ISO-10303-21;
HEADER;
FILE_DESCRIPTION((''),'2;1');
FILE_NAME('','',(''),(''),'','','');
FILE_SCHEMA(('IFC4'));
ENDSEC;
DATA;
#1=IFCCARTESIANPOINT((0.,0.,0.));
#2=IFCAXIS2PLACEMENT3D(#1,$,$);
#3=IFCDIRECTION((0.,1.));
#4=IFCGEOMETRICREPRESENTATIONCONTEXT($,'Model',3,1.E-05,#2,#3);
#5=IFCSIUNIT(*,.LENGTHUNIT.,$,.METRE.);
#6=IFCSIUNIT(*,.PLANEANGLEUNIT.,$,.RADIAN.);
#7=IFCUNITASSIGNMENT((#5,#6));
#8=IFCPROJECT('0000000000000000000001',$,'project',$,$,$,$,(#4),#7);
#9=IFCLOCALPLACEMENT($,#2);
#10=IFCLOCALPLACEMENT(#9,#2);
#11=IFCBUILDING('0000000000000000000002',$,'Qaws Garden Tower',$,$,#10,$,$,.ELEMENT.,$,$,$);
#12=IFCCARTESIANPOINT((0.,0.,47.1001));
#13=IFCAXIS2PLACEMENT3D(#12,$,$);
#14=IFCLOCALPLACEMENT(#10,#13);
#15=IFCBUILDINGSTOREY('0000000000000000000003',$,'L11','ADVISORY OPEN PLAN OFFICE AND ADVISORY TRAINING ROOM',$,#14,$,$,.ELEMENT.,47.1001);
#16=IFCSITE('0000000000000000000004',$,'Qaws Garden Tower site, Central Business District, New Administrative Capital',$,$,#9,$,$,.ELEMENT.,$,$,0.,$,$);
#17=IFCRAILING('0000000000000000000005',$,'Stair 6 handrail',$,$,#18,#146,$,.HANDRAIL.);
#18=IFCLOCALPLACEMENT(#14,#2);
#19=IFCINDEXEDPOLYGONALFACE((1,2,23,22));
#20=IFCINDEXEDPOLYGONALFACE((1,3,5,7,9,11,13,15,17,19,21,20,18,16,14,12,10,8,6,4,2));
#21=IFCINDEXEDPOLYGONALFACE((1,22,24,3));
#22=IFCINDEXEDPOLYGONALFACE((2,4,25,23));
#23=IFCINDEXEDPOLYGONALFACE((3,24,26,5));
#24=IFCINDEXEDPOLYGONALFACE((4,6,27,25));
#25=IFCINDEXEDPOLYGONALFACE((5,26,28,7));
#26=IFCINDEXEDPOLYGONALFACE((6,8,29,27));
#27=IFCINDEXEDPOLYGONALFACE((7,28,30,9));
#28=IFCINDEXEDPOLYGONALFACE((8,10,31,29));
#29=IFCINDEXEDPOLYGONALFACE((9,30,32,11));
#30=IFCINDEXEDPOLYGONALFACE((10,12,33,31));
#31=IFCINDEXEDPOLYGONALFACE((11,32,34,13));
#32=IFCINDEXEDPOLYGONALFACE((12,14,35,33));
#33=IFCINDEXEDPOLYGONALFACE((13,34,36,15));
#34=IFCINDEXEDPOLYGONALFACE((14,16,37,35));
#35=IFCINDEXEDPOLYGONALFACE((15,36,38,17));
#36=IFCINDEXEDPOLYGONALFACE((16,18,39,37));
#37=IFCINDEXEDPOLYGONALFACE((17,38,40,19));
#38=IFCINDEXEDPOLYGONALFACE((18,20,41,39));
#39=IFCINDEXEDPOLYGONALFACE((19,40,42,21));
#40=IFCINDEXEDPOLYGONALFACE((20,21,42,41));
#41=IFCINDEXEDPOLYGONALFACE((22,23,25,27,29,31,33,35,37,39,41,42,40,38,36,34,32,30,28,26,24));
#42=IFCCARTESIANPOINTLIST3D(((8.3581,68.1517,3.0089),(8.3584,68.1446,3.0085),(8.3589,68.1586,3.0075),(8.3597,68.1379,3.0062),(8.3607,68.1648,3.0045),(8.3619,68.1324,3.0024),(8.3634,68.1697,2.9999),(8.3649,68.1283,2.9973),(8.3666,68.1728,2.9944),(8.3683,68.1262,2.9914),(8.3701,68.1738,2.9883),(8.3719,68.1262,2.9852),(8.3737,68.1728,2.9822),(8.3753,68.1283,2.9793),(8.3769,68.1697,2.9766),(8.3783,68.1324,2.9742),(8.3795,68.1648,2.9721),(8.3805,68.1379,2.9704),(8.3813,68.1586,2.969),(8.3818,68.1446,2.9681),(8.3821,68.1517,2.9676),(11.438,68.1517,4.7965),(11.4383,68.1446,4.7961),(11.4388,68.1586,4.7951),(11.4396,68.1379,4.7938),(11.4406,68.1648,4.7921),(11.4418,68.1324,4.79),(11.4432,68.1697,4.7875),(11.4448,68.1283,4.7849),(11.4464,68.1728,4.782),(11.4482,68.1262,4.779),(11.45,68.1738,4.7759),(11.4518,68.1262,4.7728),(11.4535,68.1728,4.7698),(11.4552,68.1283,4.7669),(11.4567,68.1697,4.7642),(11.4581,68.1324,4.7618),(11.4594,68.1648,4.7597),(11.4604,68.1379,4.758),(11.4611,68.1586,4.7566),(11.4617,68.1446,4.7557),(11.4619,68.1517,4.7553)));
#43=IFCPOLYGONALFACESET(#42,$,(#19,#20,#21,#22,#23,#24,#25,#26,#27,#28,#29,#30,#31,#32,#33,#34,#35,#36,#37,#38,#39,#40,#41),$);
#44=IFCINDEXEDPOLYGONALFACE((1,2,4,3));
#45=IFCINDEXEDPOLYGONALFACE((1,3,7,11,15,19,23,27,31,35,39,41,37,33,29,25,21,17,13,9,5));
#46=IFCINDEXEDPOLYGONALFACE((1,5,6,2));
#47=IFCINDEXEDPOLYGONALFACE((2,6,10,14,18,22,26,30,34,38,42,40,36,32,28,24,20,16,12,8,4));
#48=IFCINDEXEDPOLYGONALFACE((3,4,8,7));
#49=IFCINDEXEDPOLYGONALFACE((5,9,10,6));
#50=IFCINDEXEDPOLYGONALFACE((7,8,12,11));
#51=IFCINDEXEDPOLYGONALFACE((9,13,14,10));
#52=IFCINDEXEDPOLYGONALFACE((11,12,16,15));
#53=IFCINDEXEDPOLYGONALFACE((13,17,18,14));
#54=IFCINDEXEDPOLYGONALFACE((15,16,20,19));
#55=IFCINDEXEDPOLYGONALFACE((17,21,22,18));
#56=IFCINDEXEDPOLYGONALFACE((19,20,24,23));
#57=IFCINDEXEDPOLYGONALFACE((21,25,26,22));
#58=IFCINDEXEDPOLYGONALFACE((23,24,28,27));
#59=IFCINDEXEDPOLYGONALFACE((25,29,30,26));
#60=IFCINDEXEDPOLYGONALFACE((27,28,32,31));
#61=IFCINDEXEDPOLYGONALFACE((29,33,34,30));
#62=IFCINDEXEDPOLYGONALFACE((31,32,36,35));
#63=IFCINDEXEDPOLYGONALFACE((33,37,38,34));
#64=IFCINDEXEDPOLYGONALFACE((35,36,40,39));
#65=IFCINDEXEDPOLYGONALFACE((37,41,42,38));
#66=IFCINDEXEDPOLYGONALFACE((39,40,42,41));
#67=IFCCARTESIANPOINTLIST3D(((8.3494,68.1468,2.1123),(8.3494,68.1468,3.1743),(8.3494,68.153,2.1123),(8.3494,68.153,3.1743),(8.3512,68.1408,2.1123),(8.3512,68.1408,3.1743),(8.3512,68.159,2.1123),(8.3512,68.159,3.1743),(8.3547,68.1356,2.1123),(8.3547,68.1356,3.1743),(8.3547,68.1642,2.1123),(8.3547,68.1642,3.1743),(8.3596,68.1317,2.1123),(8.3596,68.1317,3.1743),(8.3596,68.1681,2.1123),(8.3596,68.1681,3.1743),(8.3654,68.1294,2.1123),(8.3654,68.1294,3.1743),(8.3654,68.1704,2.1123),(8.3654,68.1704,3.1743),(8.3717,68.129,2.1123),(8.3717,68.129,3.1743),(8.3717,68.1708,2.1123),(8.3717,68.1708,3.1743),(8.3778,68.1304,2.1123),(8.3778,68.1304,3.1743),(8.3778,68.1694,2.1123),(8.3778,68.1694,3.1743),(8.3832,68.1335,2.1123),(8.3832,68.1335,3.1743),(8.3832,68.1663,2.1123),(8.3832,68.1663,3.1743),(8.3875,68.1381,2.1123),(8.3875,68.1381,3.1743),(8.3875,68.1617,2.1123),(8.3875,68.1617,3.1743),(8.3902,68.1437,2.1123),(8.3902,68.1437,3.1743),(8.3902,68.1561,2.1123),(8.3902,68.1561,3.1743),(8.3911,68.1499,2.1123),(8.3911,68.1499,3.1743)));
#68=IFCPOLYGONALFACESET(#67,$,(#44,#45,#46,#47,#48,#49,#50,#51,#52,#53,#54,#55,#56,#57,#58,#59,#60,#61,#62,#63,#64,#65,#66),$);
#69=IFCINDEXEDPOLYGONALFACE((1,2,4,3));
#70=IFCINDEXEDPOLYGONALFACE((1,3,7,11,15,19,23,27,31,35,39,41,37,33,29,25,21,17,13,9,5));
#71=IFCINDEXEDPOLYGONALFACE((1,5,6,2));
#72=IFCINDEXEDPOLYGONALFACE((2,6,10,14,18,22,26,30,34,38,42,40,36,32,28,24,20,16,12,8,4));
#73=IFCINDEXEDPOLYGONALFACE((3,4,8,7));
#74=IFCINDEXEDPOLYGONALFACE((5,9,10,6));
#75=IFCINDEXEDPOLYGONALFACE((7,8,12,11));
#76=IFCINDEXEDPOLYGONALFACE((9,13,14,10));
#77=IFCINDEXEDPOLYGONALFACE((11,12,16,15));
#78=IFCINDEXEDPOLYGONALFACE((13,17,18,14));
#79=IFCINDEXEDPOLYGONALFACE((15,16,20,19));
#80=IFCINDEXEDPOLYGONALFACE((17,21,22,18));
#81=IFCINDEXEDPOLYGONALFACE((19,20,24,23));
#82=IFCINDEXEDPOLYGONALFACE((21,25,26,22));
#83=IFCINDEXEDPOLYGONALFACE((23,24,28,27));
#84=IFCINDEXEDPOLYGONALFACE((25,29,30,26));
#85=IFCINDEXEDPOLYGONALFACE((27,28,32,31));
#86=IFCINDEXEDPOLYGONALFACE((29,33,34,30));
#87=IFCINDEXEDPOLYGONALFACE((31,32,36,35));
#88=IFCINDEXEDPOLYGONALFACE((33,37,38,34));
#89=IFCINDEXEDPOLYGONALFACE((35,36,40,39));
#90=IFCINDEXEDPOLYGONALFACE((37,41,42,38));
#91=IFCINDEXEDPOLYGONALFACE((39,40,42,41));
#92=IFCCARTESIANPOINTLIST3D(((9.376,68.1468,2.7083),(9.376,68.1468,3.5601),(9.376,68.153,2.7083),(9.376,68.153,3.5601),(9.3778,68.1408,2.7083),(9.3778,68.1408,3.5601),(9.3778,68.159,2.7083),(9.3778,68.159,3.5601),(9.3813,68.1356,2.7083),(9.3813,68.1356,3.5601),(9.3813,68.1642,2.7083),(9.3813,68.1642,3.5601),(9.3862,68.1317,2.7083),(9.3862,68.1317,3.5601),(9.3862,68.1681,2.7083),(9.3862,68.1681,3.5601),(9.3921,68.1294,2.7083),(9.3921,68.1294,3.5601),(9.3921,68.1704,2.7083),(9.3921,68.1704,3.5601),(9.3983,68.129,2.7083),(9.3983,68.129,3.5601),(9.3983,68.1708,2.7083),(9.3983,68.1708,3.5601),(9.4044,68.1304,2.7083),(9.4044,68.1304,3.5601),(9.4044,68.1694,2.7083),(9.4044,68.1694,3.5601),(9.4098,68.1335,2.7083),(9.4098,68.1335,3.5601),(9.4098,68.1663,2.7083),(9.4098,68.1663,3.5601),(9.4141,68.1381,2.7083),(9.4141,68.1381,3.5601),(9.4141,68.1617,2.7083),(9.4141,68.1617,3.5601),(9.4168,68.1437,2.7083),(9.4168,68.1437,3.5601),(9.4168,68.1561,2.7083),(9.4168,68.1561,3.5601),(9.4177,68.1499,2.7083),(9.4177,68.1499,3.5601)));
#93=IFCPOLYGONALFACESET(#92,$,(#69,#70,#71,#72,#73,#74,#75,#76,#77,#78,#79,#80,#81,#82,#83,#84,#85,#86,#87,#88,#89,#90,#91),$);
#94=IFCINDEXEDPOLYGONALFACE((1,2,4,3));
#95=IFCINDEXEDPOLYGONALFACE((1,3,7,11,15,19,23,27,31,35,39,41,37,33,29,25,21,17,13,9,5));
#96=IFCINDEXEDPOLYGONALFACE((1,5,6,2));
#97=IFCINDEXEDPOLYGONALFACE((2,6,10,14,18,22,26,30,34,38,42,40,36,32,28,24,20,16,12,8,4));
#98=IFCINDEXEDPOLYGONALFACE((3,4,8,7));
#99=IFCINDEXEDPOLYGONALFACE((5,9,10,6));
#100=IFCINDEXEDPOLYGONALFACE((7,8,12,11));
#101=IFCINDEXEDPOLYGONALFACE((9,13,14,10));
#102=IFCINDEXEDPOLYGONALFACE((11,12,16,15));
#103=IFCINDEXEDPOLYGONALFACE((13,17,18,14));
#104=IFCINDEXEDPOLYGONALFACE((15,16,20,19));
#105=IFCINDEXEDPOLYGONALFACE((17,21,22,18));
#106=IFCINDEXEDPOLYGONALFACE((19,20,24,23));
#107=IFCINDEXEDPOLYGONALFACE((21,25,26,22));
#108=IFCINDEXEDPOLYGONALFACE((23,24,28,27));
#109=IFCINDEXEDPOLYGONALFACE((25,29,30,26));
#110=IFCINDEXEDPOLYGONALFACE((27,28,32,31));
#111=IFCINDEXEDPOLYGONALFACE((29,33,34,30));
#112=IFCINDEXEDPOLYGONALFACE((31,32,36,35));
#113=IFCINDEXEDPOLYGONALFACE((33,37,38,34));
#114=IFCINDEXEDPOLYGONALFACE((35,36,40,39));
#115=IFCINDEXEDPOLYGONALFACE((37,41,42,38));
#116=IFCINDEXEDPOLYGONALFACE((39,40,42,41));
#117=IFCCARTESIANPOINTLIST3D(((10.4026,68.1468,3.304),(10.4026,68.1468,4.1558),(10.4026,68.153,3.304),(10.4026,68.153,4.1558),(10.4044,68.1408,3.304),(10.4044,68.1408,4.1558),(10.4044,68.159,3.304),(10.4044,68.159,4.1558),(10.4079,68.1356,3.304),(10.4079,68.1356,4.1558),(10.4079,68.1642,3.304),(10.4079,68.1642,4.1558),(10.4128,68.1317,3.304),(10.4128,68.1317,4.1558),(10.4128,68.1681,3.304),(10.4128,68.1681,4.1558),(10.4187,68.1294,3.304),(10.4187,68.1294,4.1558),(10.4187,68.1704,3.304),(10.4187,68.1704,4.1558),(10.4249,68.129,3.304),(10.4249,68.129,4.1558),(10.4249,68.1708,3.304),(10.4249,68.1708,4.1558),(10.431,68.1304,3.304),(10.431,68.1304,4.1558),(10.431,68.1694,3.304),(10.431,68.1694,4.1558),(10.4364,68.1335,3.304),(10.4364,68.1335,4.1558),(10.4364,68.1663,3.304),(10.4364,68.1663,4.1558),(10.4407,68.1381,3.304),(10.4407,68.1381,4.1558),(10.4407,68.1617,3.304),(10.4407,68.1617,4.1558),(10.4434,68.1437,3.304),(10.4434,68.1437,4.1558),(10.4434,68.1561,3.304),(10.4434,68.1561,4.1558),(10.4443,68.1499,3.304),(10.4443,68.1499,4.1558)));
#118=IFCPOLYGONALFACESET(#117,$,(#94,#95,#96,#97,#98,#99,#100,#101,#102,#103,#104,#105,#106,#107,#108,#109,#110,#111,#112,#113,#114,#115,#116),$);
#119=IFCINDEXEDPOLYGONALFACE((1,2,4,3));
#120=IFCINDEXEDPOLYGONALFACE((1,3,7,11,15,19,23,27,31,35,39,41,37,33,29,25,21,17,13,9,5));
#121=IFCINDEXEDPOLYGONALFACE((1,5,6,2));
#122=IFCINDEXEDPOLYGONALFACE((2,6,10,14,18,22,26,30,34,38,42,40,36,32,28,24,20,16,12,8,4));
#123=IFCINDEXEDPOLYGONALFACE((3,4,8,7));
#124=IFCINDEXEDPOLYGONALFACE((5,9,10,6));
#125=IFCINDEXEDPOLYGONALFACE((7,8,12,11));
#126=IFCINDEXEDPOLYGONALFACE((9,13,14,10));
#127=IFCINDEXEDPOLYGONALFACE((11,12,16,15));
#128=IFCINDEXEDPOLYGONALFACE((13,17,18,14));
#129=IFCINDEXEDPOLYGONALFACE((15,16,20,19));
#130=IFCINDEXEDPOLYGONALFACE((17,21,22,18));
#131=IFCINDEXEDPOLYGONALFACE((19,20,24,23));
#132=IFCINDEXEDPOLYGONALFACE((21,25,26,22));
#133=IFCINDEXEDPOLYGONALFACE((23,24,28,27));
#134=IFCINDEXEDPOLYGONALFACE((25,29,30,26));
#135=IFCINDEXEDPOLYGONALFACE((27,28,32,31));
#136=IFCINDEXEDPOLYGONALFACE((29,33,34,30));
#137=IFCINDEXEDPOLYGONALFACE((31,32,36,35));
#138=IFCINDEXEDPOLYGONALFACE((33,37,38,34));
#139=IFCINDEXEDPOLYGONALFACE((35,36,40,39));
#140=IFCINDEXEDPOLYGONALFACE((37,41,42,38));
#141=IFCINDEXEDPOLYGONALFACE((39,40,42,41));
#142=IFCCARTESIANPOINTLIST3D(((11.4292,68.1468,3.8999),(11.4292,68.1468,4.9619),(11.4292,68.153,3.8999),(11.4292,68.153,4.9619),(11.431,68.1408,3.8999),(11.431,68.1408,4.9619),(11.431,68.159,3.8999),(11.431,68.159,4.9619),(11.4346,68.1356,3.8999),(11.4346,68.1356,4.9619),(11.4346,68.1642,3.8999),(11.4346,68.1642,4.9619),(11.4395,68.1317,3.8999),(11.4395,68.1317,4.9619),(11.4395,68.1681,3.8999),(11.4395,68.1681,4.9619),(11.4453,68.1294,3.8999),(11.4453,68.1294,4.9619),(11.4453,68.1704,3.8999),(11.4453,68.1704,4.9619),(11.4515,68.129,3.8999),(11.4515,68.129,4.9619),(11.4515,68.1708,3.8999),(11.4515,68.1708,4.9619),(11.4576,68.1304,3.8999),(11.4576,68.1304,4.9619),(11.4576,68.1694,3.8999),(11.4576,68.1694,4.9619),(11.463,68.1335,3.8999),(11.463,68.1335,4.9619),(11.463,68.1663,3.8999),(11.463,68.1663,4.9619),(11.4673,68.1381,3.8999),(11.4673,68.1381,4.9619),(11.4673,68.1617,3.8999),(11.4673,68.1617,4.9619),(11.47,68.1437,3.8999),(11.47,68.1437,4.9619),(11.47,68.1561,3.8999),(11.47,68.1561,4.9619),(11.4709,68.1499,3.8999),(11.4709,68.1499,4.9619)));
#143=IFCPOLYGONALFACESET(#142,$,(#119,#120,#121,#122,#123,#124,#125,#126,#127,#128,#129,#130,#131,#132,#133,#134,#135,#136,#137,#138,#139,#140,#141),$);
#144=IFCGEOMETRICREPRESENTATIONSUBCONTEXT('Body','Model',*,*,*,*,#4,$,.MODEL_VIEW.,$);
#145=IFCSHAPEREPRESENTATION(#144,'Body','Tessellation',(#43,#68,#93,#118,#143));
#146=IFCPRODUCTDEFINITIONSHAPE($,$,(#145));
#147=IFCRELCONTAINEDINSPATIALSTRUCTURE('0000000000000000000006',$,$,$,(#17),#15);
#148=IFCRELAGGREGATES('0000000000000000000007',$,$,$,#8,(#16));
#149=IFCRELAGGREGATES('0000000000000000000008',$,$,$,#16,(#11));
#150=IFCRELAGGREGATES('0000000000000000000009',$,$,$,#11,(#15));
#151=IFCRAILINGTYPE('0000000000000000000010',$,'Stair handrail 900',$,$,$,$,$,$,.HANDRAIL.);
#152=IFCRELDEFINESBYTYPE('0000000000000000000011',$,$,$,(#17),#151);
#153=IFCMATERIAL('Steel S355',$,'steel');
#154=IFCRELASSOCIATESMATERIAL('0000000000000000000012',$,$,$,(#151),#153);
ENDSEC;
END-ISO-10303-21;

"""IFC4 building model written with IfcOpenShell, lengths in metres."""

from ifc_helpers import new_model, si_unit, direction, frame, origin, origin_2d, place, context, subcontext, project, spatial, circle, extrude, material, type_object, element, save


model = new_model("IFC4")

# Units and contexts
model_context = context("Model", 3, precision=1e-05, world=origin(), true_north=direction((0.0, 1.0)))
body_context = subcontext(model_context, "Body", "Model", "MODEL_VIEW")
ifc_project = project(units=[si_unit("LENGTHUNIT", "METRE"), si_unit("PLANEANGLEUNIT", "RADIAN")], contexts=[model_context])

# Site, building, storey
site_placement = place(None, origin())
site = spatial("IfcSite", under=ifc_project, at=site_placement, Name="Qaws Garden Tower site, Central Business District, New Administrative Capital", CompositionType="ELEMENT", RefElevation=0.0)
building_placement = place(site_placement, origin())
building = spatial("IfcBuilding", under=site, at=building_placement, Name="Qaws Garden Tower", CompositionType="ELEMENT")
storey_placement = place(building_placement, frame((0.0, 0.0, 47.1001)))
storey = spatial("IfcBuildingStorey", under=building, at=storey_placement, Name="L11", Description="ADVISORY OPEN PLAN OFFICE AND ADVISORY TRAINING ROOM", CompositionType="ELEMENT", Elevation=47.1001)

# Railing
ifc_material_1 = material(Name="Steel S355", Category="steel")
railing_type = type_object("IfcRailingType", Name="Stair handrail 900", PredefinedType="HANDRAIL", material=ifc_material_1)
railing_1_placement = place(storey_placement, frame((8.3701, 68.1499, 2.1123)))
element("IfcRailing", 1, at=railing_1_placement, inside=storey, type_object=railing_type, Name="Stair 6 handrail", PredefinedType="HANDRAIL", context=body_context, shape_type="SweptSolid", body=[
    extrude(circle(Radius=0.0239, at=origin_2d()), frame((0.0, 0.0, 0.876), z_axis=(0.864873, 0.0, 0.50199), x_axis=(0.0, 1.0, 0.0)), (0.0, 0.0, 1.0), 3.561),
    extrude(circle(Radius=0.021, at=origin_2d()), origin(), (0.0, 0.0, 1.0), 1.062),
    extrude(circle(Radius=0.021, at=origin_2d()), frame((1.0266, 0.0, 0.5959)), (0.0, 0.0, 1.0), 0.8518),
    extrude(circle(Radius=0.021, at=origin_2d()), frame((2.0532, 0.0, 1.1917)), (0.0, 0.0, 1.0), 0.8518),
    extrude(circle(Radius=0.021, at=origin_2d()), frame((3.0798, 0.0, 1.7876)), (0.0, 0.0, 1.0), 1.062),
])

save(model, "model.ifc")
